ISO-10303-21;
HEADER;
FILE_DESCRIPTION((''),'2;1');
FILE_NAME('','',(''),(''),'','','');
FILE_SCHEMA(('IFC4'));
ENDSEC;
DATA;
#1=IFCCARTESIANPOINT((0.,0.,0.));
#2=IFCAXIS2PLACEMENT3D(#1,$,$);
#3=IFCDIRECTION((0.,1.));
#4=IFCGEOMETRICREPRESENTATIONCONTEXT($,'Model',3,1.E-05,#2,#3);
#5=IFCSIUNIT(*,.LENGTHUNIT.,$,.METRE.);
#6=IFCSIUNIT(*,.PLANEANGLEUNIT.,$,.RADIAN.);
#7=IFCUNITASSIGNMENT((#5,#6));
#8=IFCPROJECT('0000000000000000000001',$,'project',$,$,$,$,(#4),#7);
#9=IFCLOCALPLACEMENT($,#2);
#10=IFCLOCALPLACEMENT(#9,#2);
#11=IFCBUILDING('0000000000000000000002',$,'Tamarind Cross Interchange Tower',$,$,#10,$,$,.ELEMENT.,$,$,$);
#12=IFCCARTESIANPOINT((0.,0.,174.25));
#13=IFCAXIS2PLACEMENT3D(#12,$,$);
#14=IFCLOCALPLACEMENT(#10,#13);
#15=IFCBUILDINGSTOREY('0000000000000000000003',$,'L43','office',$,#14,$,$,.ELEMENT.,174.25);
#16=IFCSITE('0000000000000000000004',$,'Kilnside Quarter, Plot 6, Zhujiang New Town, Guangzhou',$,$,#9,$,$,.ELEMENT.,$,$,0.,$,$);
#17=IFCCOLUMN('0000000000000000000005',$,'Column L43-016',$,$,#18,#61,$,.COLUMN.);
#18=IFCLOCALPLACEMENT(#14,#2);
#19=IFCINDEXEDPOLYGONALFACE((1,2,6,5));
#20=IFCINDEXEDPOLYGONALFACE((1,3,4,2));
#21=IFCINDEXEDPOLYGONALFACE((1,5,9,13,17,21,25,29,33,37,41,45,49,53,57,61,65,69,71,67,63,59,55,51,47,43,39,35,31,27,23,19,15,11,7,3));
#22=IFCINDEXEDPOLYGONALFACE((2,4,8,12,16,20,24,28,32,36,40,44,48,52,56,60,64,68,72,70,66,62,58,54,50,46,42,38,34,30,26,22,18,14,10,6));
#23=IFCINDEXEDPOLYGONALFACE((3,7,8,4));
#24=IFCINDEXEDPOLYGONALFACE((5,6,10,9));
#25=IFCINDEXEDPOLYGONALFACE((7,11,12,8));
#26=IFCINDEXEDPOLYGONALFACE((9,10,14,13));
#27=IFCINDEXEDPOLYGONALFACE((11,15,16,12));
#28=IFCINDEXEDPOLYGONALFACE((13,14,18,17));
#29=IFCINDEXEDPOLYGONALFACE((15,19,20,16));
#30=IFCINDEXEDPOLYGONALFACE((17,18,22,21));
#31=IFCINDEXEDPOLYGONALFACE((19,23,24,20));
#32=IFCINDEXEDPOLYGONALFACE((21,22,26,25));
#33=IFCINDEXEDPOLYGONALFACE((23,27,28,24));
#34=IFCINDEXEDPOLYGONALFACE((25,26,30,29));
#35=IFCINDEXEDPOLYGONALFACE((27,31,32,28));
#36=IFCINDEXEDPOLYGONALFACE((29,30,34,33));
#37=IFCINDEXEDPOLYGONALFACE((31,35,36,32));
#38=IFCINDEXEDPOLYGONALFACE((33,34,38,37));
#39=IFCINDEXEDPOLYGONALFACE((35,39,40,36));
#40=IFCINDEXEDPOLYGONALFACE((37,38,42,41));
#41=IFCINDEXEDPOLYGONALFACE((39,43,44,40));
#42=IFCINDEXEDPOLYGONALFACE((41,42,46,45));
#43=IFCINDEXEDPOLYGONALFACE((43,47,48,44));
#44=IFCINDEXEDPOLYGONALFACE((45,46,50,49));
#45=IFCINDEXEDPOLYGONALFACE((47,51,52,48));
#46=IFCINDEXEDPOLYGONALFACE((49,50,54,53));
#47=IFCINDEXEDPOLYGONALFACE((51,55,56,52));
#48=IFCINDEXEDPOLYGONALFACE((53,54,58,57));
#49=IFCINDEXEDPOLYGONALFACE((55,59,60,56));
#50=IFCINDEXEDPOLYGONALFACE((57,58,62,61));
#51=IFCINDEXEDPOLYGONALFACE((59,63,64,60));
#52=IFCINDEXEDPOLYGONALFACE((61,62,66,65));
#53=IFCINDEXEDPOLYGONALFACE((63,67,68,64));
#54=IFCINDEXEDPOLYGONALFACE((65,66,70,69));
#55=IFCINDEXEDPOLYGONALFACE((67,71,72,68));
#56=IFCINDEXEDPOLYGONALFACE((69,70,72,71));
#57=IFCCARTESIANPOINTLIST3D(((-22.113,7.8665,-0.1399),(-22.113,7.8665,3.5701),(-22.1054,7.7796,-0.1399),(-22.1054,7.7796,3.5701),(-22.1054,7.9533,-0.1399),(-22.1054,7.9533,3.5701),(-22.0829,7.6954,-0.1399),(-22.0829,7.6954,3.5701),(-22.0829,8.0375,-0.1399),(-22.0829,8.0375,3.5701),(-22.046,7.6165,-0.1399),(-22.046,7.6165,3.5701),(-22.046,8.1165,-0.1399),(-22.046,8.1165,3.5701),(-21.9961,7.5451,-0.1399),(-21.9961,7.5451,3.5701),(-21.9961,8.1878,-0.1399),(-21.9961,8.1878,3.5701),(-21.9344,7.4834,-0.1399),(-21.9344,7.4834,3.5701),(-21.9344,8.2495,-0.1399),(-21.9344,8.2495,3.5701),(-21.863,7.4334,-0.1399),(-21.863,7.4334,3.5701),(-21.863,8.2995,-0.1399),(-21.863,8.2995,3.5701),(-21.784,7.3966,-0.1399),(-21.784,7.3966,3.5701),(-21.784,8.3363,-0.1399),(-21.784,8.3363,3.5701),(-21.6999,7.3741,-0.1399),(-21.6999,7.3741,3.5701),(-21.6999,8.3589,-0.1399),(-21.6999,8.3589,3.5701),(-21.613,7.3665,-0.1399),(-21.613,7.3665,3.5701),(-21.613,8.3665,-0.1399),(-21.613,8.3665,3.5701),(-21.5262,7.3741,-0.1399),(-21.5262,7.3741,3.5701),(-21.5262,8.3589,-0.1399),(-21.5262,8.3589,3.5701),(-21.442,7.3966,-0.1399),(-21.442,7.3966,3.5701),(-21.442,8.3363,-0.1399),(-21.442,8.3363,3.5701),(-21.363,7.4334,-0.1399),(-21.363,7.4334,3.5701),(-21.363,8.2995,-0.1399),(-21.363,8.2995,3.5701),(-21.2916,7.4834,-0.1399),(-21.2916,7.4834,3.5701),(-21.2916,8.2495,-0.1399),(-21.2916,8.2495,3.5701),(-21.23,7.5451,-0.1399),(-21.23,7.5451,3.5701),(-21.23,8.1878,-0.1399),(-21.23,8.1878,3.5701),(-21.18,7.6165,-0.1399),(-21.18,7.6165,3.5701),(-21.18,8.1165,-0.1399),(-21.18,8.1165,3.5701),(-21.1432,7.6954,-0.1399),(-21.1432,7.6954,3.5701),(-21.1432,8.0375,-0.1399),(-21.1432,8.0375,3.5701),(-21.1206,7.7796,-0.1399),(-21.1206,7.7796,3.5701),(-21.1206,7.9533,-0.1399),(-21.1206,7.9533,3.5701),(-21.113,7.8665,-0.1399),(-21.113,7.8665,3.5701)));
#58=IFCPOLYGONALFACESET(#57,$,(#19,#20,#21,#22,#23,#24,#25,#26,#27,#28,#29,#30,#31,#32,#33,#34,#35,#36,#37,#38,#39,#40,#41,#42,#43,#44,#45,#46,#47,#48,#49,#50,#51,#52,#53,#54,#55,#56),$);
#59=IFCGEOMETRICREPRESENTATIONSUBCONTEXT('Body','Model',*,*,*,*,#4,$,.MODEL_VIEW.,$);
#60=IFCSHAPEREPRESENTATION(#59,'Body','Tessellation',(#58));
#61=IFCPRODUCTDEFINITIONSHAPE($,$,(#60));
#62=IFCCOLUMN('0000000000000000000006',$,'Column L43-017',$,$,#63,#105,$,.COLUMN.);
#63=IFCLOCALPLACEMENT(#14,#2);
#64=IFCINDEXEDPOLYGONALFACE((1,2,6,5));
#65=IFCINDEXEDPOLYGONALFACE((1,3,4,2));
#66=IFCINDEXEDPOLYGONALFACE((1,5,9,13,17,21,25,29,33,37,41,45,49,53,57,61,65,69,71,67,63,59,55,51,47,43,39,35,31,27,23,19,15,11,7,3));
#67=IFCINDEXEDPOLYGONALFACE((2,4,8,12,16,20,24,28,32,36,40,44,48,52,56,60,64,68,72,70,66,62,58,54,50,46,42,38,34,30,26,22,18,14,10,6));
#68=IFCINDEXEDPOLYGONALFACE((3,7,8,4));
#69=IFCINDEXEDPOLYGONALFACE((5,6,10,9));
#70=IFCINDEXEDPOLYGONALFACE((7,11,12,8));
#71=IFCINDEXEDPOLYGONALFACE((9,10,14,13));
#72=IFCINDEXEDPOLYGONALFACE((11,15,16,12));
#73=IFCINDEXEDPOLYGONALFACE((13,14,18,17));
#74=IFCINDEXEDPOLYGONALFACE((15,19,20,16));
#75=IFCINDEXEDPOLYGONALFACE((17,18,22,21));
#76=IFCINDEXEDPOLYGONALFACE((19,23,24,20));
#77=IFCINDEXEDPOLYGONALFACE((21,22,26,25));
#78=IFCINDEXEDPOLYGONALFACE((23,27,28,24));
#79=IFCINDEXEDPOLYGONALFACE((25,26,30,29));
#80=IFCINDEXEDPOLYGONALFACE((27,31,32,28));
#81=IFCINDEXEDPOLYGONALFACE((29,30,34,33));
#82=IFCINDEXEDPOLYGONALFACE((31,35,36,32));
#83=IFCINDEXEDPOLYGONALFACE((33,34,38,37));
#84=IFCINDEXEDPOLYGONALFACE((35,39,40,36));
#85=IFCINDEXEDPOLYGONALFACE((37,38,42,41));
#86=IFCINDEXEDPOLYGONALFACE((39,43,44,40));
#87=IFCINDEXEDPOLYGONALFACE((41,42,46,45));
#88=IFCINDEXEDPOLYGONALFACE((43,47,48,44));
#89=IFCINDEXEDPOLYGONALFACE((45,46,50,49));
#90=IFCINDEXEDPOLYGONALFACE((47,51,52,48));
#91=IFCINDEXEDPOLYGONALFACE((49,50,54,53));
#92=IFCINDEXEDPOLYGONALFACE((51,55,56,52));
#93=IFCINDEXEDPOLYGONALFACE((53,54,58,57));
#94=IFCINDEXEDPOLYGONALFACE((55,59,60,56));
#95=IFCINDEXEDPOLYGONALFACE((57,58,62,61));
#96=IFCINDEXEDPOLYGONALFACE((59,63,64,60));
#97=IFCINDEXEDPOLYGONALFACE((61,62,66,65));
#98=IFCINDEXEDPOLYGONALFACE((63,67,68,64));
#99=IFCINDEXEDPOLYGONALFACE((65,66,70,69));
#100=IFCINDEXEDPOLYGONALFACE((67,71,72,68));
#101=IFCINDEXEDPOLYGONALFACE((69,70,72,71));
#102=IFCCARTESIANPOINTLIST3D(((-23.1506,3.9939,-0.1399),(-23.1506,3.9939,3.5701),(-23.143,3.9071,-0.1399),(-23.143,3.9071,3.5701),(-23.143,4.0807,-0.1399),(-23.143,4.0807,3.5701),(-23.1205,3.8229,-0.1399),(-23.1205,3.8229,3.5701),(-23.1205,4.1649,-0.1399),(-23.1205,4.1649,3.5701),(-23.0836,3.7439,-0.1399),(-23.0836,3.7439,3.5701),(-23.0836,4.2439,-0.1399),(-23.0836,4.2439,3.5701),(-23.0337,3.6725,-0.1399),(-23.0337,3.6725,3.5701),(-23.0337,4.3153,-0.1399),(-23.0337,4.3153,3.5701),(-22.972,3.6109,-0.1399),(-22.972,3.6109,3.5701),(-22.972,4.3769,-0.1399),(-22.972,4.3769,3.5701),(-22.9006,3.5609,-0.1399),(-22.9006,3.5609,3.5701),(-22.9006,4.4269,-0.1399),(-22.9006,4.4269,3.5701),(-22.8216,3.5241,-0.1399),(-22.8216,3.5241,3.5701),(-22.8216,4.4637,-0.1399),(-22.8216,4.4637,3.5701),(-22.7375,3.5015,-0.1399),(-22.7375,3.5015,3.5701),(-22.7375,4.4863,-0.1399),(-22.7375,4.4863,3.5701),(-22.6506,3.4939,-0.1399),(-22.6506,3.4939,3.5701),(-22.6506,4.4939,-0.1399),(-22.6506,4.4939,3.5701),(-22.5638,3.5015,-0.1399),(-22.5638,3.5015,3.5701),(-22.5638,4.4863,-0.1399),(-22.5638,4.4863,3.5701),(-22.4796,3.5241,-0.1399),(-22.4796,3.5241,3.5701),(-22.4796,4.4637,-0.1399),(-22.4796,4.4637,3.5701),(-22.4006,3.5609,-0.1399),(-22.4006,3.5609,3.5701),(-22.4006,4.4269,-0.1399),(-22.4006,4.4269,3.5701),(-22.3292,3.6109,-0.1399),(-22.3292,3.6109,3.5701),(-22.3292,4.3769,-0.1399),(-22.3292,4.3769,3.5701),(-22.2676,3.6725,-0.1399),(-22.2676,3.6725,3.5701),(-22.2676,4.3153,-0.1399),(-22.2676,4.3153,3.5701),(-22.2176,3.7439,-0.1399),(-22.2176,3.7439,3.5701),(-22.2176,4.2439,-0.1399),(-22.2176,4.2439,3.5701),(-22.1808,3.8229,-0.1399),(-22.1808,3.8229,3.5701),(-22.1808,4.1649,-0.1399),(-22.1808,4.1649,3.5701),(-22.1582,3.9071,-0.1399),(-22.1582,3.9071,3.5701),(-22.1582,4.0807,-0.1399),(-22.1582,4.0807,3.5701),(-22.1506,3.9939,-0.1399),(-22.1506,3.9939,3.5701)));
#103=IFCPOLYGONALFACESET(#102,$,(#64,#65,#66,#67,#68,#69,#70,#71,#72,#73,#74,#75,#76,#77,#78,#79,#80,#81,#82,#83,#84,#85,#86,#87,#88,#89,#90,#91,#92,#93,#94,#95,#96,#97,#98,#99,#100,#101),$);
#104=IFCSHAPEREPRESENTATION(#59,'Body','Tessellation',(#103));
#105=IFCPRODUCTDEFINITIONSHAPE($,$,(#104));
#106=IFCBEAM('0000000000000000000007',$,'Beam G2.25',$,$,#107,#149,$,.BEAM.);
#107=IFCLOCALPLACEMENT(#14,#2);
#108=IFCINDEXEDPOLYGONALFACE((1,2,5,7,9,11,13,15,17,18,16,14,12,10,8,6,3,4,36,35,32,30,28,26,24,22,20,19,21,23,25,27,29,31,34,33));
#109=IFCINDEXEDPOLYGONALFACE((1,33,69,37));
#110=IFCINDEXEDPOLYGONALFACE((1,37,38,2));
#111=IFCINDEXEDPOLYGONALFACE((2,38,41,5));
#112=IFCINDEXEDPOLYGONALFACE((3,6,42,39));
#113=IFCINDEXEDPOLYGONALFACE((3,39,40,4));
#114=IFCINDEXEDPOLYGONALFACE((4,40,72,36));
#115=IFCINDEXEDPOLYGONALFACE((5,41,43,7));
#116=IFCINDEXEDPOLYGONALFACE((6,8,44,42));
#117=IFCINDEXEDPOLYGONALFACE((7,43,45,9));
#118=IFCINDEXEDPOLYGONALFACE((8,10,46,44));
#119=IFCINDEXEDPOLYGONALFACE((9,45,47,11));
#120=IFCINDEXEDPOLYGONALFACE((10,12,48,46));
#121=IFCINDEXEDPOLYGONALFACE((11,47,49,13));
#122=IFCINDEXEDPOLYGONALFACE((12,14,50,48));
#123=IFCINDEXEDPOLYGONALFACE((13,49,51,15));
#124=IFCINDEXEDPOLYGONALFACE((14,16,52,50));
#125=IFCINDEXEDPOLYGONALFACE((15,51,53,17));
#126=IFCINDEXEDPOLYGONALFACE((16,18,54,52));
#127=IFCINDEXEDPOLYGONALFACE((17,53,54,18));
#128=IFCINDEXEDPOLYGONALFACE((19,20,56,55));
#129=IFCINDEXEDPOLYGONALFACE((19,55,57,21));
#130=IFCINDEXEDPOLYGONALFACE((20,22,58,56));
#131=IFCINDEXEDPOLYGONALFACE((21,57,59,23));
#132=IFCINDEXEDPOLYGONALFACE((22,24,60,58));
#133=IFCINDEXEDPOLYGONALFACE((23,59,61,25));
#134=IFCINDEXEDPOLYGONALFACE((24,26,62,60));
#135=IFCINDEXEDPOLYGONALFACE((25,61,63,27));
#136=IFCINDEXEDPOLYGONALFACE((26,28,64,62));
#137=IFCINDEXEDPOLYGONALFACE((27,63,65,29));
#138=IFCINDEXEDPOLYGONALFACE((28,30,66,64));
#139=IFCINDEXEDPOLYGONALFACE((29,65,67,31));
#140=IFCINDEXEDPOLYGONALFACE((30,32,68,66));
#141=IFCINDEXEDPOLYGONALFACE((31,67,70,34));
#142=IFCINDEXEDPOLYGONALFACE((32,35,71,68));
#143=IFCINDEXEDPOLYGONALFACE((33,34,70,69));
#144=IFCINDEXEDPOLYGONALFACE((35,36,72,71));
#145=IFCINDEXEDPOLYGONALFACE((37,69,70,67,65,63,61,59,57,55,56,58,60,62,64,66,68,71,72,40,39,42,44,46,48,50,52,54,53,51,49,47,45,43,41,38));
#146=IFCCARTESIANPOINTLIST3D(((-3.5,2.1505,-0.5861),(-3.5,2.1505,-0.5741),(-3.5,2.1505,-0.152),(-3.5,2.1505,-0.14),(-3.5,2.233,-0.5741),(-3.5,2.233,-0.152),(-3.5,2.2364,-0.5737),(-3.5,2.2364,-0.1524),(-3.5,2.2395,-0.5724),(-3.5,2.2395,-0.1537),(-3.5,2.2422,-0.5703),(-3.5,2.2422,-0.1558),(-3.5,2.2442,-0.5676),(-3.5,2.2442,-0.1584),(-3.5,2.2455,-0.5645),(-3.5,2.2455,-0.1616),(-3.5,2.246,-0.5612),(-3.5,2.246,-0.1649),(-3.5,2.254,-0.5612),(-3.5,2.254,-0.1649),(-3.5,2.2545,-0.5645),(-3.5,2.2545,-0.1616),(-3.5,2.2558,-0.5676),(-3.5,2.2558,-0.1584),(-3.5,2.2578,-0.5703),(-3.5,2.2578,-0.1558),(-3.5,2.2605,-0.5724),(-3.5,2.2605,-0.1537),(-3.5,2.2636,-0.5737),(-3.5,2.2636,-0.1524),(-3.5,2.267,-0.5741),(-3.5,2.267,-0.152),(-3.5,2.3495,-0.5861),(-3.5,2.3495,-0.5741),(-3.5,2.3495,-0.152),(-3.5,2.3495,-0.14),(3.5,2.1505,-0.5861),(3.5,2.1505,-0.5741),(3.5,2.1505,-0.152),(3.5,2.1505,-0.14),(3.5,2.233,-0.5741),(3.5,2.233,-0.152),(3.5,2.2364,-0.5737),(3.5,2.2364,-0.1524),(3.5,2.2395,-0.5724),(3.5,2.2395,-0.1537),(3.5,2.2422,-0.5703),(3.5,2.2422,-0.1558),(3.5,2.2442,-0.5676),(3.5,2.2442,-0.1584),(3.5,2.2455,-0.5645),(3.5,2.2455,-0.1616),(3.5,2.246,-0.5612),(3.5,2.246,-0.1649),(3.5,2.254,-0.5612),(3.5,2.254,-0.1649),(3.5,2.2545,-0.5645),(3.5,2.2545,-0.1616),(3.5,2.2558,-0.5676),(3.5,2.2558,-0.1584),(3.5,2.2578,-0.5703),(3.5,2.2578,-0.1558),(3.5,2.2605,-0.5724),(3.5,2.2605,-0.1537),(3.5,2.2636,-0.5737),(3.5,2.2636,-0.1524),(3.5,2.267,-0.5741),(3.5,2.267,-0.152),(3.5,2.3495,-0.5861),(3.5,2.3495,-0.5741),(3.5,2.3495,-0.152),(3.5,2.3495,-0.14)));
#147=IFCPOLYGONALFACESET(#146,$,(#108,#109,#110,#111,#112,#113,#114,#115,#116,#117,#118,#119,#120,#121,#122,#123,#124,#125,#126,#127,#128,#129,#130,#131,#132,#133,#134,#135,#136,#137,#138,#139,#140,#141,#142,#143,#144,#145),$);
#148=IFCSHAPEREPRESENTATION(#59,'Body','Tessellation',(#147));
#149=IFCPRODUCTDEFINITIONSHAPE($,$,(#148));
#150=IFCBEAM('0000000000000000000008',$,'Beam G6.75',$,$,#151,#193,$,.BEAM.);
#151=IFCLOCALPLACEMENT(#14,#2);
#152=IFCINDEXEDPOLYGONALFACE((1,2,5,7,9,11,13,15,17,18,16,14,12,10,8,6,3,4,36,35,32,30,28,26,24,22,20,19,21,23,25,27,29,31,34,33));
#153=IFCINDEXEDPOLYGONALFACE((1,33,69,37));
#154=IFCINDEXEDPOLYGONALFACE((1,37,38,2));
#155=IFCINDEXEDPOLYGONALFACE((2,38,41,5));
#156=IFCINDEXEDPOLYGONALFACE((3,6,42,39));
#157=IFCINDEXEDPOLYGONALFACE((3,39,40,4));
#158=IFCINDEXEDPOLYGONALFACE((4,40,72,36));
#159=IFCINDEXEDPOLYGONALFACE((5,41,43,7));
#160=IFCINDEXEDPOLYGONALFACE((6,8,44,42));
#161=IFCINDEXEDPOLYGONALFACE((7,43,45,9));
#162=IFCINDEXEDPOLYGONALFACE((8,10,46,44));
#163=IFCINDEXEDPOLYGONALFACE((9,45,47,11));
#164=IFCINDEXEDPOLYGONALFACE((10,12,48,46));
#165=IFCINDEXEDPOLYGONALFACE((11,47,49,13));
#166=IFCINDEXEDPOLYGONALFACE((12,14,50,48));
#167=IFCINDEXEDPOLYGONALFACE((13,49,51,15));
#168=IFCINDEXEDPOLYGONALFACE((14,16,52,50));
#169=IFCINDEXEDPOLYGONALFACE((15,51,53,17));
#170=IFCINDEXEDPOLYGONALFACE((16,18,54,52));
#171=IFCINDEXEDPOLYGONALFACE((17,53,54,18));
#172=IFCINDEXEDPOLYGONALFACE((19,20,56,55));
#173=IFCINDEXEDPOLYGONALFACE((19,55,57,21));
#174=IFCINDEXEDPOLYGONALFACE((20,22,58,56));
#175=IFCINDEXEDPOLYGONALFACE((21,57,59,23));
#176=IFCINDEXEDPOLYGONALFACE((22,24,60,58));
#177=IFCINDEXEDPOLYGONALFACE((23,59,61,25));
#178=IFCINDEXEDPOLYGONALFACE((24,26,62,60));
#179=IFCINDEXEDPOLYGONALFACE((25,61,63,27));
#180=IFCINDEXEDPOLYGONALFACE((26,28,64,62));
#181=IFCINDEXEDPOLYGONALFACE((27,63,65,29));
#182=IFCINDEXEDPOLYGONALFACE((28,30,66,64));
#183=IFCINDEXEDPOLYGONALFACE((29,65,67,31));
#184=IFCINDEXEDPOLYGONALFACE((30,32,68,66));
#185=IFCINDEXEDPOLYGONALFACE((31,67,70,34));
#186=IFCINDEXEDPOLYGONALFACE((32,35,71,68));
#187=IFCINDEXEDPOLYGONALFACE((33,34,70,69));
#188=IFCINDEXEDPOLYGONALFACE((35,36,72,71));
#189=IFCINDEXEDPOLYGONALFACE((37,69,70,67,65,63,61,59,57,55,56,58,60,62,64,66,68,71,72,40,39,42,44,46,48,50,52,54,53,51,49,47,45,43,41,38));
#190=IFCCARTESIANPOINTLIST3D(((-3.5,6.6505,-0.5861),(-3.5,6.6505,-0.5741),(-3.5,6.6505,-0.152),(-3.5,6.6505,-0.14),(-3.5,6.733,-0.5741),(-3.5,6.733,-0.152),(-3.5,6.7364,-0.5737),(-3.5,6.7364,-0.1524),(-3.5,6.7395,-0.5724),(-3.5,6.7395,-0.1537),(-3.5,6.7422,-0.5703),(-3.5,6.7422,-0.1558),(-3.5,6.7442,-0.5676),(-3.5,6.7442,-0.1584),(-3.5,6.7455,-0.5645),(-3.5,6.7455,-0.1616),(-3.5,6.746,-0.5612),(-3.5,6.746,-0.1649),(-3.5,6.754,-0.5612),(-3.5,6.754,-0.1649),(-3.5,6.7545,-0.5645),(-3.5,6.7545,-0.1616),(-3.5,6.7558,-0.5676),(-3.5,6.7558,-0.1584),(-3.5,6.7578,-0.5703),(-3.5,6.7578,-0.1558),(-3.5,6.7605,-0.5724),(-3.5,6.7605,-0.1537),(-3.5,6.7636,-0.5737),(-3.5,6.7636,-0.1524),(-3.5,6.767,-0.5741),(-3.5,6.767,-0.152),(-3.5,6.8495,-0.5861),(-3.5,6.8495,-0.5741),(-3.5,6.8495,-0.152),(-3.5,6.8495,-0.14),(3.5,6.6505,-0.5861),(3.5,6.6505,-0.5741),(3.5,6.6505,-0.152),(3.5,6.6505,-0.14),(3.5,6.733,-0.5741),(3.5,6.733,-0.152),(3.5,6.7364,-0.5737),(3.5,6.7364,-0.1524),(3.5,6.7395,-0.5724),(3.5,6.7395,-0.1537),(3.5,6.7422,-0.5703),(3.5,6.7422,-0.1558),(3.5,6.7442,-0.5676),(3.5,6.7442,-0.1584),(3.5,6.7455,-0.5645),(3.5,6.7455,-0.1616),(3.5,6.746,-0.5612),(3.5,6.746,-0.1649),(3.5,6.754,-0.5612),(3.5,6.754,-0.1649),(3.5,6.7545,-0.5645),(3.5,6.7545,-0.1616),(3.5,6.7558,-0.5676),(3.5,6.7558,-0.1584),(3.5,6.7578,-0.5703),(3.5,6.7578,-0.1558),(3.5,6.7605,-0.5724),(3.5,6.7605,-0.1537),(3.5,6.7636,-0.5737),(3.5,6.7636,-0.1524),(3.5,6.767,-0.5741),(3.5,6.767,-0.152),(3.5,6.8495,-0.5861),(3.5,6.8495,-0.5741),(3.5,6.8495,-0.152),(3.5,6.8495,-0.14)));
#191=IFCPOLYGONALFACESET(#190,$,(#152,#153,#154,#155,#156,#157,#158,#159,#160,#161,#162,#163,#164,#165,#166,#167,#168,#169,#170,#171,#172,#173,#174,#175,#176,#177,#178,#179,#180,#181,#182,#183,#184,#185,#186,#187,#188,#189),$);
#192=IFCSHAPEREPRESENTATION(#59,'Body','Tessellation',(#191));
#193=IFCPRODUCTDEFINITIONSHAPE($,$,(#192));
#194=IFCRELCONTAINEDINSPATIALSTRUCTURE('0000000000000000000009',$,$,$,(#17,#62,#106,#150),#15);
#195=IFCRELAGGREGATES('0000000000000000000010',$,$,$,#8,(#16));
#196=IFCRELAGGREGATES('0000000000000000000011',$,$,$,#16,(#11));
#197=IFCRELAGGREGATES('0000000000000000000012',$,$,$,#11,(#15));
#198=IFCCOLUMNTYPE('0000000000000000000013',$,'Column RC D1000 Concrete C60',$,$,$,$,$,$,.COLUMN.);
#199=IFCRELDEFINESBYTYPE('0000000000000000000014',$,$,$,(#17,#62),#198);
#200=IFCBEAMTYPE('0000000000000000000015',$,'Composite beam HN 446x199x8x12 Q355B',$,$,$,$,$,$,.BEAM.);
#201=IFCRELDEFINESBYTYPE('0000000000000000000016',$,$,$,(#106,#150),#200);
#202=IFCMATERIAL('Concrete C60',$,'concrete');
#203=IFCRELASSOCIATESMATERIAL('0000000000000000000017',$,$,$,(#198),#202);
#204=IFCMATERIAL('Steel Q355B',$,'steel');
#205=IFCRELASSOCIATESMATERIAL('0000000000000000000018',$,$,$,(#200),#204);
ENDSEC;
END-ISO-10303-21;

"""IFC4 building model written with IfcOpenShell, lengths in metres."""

from ifc_helpers import new_model, si_unit, direction, frame, origin, origin_2d, place, context, subcontext, project, spatial, circle, i_section, extrude, material, material_profile, profile_set, type_object, element, save


model = new_model("IFC4")

# Units and contexts
model_context = context("Model", 3, precision=1e-05, world=origin(), true_north=direction((0.0, 1.0)))
body_context = subcontext(model_context, "Body", "Model", "MODEL_VIEW")
ifc_project = project(units=[si_unit("LENGTHUNIT", "METRE"), si_unit("PLANEANGLEUNIT", "RADIAN")], contexts=[model_context])

# Site, building, storey
site_placement = place(None, origin())
site = spatial("IfcSite", under=ifc_project, at=site_placement, Name="Kilnside Quarter, Plot 6, Zhujiang New Town, Guangzhou", CompositionType="ELEMENT", RefElevation=0.0)
building_placement = place(site_placement, origin())
building = spatial("IfcBuilding", under=site, at=building_placement, Name="Tamarind Cross Interchange Tower", CompositionType="ELEMENT")
storey_placement = place(building_placement, frame((0.0, 0.0, 174.25)))
storey = spatial("IfcBuildingStorey", under=building, at=storey_placement, Name="L43", Description="office", CompositionType="ELEMENT", Elevation=174.25)

# Columns
ifc_material_1 = material(Name="Concrete C60", Category="concrete")
ifc_material_profile_1 = material_profile(ifc_material_1, circle(Radius=0.5, at=origin_2d()), Name="RC D1000")
ifc_profile_set_1 = profile_set([ifc_material_profile_1], Name="Concrete C60")
column_type = type_object("IfcColumnType", Name="Column RC D1000 Concrete C60", PredefinedType="COLUMN", material=ifc_profile_set_1)
for number, where, z_axis, x_axis, name in (
    (1, (-21.613, 7.8665, -0.1399), (0.0, 0.0, 1.0), (1.0, 0.0, 0.0), "Column L43-016"),
    (2, (-22.6506, 3.9939, -0.1399), (0.0, 0.0, 1.0), (1.0, 0.0, 0.0), "Column L43-017"),
):
    element("IfcColumn", number, at=place(storey_placement, frame(where, z_axis=z_axis, x_axis=x_axis)), inside=storey, type_object=column_type, Name=name, PredefinedType="COLUMN", context=body_context, shape_type="SweptSolid", body=[
        extrude(circle(Radius=0.5, at=origin_2d()), origin(), (0.0, 0.0, 1.0), 3.71),
    ])

# Beams
ifc_material_2 = material(Name="Steel Q355B", Category="steel")
ifc_material_profile_2 = material_profile(ifc_material_2, i_section(OverallWidth=0.199, OverallDepth=0.446, WebThickness=0.0081, FlangeThickness=0.012, FilletRadius=0.0129, at=origin_2d()), Name="HN 446x199x8x12")
ifc_profile_set_2 = profile_set([ifc_material_profile_2], Name="Steel Q355B")
beam_type_1 = type_object("IfcBeamType", Name="Composite beam HN 446x199x8x12 Q355B", PredefinedType="BEAM", material=ifc_profile_set_2)
for number, where, z_axis, x_axis, name in (
    (3, (-3.5, 2.25, -0.363), (1.0, 0.0, 0.0), (0.0, 1.0, 0.0), "Beam G2.25"),
    (4, (-3.5, 6.75, -0.363), (1.0, 0.0, 0.0), (0.0, 1.0, 0.0), "Beam G6.75"),
):
    element("IfcBeam", number, at=place(storey_placement, frame(where, z_axis=z_axis, x_axis=x_axis)), inside=storey, type_object=beam_type_1, Name=name, PredefinedType="BEAM", context=body_context, shape_type="SweptSolid", body=[
        extrude(i_section(OverallWidth=0.199, OverallDepth=0.446, WebThickness=0.0081, FlangeThickness=0.012, FilletRadius=0.0129, at=origin_2d()), origin(), (0.0, 0.0, 1.0), 7.0),
    ])

save(model, "model.ifc")
